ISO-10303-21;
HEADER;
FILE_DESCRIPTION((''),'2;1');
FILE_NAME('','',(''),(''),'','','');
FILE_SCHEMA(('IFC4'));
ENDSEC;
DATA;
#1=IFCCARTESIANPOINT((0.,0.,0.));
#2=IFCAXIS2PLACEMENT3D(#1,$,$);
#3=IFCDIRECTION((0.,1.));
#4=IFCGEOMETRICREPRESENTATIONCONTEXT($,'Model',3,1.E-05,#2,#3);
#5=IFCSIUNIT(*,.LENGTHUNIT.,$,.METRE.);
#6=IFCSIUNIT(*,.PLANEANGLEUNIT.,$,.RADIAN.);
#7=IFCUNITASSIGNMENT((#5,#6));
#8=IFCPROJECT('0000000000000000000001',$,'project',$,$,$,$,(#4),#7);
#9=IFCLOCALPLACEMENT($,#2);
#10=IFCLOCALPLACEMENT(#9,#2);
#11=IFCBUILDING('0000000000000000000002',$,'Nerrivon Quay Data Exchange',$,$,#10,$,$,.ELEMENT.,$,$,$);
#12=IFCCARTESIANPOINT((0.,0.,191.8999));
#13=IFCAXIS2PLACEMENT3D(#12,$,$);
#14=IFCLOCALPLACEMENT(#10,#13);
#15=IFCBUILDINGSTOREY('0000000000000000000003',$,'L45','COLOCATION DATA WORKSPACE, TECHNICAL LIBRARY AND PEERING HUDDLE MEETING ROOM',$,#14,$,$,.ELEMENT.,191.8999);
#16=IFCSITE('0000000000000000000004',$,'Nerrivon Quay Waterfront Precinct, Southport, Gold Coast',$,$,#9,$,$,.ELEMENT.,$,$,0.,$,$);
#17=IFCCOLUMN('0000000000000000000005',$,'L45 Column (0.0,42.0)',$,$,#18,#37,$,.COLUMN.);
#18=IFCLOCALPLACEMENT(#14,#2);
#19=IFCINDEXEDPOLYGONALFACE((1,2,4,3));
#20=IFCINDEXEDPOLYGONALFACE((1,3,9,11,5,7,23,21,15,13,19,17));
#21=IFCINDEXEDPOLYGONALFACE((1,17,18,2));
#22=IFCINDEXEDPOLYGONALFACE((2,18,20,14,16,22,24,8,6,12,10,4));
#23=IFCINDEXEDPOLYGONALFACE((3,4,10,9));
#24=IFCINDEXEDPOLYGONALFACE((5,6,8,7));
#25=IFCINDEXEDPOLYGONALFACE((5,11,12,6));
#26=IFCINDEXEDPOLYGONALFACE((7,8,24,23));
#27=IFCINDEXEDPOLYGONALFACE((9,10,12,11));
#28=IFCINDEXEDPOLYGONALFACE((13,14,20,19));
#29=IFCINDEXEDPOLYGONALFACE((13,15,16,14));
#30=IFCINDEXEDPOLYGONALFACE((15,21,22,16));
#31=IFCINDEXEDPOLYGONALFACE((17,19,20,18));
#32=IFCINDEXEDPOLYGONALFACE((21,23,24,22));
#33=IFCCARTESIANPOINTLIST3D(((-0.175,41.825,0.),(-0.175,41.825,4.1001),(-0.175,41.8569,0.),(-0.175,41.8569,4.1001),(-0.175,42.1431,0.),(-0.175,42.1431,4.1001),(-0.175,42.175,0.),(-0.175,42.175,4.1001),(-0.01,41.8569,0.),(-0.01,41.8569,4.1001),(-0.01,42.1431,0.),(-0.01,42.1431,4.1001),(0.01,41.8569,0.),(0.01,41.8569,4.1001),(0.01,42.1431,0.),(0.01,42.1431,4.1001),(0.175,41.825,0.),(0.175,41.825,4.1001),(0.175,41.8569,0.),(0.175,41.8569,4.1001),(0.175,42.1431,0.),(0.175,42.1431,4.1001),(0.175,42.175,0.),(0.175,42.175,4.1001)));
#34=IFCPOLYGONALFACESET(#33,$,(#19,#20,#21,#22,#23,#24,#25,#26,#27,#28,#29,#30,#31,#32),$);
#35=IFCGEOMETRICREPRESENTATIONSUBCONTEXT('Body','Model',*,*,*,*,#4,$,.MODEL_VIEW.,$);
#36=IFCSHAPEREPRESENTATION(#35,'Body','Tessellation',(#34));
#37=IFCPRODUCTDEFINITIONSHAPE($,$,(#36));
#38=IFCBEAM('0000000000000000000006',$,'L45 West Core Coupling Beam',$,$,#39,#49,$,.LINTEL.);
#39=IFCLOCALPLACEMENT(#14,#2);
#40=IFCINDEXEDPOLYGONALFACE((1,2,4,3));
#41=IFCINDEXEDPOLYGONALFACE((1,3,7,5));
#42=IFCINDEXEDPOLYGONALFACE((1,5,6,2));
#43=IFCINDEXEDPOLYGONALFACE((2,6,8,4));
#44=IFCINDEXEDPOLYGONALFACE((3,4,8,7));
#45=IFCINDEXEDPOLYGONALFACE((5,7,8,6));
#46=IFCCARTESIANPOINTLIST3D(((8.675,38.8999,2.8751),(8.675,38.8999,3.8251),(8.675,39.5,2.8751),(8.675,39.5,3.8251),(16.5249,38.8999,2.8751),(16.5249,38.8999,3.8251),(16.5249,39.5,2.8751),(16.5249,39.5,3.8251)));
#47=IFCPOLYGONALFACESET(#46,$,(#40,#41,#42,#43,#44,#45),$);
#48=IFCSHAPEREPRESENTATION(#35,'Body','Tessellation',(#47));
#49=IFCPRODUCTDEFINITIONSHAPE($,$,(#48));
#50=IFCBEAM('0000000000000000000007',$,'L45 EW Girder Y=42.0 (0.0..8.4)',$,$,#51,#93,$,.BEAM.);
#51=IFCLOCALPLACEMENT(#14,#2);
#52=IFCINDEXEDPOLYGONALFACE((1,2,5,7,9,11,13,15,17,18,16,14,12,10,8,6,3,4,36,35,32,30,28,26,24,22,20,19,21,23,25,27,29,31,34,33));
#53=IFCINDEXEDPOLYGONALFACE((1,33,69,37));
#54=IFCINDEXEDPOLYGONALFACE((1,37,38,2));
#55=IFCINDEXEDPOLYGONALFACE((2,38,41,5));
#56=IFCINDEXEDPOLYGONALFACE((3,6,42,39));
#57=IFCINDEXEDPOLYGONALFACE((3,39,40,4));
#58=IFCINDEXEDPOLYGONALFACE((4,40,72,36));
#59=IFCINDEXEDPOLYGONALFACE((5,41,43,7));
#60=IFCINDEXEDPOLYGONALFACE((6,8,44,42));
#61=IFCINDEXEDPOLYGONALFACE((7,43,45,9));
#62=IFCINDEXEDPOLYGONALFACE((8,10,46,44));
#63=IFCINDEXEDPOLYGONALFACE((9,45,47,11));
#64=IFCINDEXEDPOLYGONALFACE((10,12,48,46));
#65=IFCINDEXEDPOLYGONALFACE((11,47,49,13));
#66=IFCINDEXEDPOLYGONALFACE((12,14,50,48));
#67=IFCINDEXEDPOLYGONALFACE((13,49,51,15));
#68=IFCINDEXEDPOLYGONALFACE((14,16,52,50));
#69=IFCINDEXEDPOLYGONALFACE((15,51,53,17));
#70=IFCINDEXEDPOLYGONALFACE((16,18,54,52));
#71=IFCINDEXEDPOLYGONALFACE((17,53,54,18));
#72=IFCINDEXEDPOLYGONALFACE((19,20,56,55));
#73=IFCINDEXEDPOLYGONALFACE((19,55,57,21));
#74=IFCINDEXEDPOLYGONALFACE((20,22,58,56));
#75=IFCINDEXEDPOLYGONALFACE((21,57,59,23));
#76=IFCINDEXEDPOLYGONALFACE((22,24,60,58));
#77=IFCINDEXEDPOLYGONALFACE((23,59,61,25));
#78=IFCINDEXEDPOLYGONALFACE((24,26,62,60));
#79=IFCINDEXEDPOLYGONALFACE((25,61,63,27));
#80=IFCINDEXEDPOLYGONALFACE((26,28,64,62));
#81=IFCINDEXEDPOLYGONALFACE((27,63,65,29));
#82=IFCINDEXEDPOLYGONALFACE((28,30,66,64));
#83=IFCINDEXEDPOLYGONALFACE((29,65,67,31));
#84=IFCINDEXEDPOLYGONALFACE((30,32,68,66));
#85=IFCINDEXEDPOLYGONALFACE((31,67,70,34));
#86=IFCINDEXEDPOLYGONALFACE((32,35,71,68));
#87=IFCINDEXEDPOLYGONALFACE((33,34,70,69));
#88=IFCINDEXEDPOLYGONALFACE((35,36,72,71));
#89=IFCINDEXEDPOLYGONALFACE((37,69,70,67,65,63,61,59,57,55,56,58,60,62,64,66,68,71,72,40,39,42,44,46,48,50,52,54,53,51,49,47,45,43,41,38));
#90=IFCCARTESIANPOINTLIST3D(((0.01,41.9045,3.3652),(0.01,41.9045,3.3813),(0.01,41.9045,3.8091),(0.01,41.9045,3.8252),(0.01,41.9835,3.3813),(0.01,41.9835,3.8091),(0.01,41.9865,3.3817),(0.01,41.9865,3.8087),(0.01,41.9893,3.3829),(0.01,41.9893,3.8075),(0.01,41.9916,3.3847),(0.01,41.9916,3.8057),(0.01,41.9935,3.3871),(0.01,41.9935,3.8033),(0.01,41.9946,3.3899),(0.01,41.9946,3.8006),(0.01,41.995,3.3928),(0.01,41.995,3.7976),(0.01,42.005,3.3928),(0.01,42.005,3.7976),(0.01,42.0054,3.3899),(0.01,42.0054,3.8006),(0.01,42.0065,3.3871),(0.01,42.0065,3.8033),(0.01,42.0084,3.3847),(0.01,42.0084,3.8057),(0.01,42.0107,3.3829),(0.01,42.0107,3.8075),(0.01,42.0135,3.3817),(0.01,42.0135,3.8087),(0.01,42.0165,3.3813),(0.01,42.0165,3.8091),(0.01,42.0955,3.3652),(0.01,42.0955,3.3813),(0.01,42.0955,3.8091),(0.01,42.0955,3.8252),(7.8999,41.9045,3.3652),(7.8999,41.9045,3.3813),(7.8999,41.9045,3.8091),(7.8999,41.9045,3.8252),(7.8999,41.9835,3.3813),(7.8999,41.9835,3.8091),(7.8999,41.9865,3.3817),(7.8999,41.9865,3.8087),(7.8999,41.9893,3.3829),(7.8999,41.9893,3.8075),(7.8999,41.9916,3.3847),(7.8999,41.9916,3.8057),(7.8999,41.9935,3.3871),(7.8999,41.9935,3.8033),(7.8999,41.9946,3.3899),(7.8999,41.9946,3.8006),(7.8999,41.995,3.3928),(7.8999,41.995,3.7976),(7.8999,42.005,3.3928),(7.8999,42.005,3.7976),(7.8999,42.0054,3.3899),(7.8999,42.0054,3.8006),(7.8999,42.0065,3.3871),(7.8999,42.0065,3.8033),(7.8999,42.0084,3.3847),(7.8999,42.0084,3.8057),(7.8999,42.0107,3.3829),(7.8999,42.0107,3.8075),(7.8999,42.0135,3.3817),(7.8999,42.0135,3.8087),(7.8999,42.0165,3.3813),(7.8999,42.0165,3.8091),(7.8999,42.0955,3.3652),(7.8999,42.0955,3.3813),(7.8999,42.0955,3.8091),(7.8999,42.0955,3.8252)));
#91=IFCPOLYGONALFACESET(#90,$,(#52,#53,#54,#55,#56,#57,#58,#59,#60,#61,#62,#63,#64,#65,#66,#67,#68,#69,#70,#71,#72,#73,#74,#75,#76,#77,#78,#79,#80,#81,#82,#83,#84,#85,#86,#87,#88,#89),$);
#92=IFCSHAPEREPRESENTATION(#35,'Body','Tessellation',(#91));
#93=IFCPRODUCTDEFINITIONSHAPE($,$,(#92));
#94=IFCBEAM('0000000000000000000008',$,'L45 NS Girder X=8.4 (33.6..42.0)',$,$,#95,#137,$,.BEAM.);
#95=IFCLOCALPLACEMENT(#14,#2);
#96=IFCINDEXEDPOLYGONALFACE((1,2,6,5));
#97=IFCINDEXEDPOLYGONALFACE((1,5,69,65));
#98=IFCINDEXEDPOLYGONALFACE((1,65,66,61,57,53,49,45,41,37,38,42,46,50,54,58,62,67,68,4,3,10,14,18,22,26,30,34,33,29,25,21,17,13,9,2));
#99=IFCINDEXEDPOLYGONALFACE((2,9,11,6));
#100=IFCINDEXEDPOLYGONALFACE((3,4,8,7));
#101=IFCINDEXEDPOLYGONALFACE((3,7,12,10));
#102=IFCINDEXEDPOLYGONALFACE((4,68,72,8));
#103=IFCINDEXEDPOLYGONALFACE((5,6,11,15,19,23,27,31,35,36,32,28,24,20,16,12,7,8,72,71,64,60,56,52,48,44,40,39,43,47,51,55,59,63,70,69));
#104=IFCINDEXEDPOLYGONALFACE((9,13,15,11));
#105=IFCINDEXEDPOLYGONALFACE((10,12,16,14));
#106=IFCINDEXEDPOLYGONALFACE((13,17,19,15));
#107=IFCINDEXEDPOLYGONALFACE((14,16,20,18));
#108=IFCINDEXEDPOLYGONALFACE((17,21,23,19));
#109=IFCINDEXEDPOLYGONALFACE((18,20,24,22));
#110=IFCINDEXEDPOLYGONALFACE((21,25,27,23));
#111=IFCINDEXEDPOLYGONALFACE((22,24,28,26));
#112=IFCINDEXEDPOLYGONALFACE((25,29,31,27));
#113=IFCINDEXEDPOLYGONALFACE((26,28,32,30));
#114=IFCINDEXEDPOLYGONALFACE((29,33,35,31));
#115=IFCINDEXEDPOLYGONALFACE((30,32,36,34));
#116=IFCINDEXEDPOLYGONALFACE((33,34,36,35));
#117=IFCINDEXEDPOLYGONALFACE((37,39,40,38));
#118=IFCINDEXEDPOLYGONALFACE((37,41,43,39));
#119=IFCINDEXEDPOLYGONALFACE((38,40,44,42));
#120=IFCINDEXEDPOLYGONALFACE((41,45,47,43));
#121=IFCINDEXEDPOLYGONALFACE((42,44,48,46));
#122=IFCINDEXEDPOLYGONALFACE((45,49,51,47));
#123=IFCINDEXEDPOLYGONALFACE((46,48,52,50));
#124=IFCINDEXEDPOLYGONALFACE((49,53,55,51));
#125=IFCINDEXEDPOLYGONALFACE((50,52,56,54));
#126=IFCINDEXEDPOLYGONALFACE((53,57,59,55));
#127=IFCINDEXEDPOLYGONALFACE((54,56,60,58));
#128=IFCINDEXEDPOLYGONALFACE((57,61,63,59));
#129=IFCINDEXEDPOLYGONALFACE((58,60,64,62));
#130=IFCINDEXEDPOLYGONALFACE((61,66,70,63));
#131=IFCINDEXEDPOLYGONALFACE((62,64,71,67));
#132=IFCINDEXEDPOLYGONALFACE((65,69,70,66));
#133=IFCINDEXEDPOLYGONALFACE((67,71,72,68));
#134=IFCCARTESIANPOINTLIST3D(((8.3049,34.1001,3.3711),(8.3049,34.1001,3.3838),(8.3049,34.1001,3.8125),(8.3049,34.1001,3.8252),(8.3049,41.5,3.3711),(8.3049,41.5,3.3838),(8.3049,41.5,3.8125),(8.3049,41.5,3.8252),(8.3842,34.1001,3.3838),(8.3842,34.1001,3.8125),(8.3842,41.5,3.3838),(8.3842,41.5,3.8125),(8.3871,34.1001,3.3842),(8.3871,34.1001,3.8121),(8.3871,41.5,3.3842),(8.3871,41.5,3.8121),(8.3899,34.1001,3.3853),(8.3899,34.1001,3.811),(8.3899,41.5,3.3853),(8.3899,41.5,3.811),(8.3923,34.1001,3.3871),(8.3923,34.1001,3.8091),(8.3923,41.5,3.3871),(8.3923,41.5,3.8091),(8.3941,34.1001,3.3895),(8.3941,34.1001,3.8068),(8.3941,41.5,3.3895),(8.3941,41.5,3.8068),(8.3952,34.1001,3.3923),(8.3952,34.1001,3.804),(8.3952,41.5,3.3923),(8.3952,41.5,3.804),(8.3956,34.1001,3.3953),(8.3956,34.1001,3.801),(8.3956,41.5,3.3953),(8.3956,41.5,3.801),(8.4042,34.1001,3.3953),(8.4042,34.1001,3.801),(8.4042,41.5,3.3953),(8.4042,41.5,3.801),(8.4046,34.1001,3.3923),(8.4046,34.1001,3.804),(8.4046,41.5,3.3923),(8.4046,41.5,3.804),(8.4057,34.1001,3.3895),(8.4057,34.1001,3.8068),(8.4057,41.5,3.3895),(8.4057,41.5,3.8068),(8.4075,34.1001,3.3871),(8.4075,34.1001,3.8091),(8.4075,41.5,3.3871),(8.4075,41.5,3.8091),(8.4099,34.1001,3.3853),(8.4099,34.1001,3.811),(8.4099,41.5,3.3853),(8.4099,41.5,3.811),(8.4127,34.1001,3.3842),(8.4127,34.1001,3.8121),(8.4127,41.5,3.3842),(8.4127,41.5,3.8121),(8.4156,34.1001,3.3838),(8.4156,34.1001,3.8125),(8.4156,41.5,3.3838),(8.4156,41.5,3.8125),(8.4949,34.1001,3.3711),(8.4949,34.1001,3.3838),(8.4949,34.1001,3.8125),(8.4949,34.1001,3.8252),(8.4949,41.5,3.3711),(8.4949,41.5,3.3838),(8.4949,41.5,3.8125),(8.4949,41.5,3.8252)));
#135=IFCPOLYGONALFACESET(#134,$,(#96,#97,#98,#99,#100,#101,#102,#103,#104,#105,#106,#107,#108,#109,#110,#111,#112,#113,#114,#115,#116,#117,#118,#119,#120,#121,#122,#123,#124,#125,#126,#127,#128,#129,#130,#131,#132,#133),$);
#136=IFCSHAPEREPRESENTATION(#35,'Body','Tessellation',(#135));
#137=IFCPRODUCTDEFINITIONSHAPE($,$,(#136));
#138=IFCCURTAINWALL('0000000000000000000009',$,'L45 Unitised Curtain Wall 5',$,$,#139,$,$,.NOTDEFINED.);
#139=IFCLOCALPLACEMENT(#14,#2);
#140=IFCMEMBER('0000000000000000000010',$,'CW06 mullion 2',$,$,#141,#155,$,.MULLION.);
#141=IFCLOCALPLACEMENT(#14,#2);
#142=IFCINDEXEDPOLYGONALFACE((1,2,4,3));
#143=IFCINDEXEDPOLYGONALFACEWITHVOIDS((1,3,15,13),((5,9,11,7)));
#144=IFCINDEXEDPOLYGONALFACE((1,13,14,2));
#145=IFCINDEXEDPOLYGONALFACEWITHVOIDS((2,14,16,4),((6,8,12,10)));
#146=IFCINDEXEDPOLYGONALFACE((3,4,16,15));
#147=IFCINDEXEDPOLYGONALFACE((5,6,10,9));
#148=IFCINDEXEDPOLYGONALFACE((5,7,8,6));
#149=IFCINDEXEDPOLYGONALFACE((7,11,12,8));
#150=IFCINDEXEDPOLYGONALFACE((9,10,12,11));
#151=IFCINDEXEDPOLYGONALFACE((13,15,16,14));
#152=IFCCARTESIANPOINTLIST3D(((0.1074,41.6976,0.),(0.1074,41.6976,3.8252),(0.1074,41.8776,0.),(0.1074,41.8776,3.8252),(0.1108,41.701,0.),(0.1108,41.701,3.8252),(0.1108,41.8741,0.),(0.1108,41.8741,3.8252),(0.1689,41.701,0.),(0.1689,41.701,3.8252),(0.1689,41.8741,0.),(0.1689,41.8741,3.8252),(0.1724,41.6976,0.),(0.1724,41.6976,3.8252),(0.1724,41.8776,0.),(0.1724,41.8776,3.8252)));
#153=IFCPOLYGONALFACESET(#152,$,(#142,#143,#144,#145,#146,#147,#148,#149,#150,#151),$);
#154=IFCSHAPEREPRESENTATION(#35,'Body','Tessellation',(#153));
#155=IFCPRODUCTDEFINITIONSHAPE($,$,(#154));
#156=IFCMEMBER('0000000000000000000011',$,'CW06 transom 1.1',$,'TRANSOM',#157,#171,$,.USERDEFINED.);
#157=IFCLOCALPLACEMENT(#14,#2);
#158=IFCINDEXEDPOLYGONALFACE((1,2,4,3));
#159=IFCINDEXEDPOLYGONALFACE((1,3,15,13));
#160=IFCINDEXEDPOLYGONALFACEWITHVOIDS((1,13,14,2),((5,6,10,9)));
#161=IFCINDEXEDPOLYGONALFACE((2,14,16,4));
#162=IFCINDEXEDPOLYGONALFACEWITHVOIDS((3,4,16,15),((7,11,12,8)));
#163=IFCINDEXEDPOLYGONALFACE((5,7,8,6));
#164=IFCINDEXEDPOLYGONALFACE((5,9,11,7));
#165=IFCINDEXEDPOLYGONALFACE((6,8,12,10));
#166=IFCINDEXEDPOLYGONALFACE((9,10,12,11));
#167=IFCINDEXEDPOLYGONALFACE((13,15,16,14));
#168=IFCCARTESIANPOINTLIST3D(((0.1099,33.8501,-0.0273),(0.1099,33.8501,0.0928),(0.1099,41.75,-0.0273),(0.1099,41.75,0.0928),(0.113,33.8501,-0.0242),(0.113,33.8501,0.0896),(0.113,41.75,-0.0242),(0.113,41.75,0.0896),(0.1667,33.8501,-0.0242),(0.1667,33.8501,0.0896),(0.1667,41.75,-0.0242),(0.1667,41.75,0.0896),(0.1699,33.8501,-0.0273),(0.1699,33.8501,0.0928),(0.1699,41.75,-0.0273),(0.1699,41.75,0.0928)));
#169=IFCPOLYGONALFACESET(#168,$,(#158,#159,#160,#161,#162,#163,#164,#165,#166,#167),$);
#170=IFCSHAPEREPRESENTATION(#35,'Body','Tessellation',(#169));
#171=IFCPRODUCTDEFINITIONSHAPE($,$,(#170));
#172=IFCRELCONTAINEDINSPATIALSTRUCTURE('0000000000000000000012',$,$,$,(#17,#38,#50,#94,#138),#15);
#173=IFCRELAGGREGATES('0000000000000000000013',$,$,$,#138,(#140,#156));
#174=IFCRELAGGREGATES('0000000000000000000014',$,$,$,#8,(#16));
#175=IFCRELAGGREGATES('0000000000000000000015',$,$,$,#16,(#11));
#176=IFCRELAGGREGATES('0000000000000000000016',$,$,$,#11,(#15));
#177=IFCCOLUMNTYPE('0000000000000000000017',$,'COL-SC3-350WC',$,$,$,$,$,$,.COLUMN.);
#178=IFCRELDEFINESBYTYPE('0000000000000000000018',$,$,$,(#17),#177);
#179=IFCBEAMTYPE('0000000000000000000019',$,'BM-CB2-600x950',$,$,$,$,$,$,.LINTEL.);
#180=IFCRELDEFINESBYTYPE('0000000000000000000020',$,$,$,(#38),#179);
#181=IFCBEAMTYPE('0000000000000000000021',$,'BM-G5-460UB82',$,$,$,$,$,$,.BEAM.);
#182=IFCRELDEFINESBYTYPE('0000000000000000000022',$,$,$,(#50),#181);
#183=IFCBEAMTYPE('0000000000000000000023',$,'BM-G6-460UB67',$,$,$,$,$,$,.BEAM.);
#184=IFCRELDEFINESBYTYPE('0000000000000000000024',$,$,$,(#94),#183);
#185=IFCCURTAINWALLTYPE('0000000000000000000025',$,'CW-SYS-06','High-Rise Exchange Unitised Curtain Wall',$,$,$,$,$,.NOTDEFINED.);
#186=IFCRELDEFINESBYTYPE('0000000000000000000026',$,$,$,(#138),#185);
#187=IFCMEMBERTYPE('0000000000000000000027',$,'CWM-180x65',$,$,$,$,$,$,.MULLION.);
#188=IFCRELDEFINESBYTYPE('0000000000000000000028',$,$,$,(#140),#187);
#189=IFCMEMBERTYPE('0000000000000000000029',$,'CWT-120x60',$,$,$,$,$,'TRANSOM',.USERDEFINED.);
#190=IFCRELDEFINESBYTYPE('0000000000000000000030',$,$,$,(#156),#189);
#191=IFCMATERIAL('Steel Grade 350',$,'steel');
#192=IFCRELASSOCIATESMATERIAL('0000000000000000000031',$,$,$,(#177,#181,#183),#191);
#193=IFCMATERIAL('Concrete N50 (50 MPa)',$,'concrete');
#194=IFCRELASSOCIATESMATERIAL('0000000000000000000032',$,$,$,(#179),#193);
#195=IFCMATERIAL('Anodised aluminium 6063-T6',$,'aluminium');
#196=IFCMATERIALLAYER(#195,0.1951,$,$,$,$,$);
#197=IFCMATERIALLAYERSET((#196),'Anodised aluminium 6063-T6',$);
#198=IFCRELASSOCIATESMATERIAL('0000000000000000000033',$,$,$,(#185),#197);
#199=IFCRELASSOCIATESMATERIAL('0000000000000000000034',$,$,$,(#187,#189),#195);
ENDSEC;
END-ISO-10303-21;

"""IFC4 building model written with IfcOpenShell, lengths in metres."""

from ifc_helpers import new_model, si_unit, direction, frame, origin, origin_2d, place, context, subcontext, project, spatial, rectangle, hollow_rectangle, i_section, extrude, material, layer, layer_set, material_profile, profile_set, type_object, element, aggregate, save


model = new_model("IFC4")

# Units and contexts
model_context = context("Model", 3, precision=1e-05, world=origin(), true_north=direction((0.0, 1.0)))
body_context = subcontext(model_context, "Body", "Model", "MODEL_VIEW")
ifc_project = project(units=[si_unit("LENGTHUNIT", "METRE"), si_unit("PLANEANGLEUNIT", "RADIAN")], contexts=[model_context])

# Site, building, storey
site_placement = place(None, origin())
site = spatial("IfcSite", under=ifc_project, at=site_placement, Name="Nerrivon Quay Waterfront Precinct, Southport, Gold Coast", CompositionType="ELEMENT", RefElevation=0.0)
building_placement = place(site_placement, origin())
building = spatial("IfcBuilding", under=site, at=building_placement, Name="Nerrivon Quay Data Exchange", CompositionType="ELEMENT")
storey_placement = place(building_placement, frame((0.0, 0.0, 191.8999)))
storey = spatial("IfcBuildingStorey", under=building, at=storey_placement, Name="L45", Description="COLOCATION DATA WORKSPACE, TECHNICAL LIBRARY AND PEERING HUDDLE MEETING ROOM", CompositionType="ELEMENT", Elevation=191.8999)

# Column
ifc_material_1 = material(Name="Steel Grade 350", Category="steel")
ifc_material_profile_1 = material_profile(ifc_material_1, i_section(OverallWidth=0.3501, OverallDepth=0.3501, WebThickness=0.02, FlangeThickness=0.032, at=origin_2d()), Name="350WC230")
ifc_profile_set_1 = profile_set([ifc_material_profile_1], Name="Steel Grade 350")
column_type = type_object("IfcColumnType", Name="COL-SC3-350WC", PredefinedType="COLUMN", material=ifc_profile_set_1)
column_placement = place(storey_placement, frame((0.0, 42.0, 0.0), z_axis=(0.0, 0.0, 1.0), x_axis=(1.0, 0.0, 0.0)))
element("IfcColumn", 1, at=column_placement, inside=storey, type_object=column_type, Name="L45 Column (0.0,42.0)", PredefinedType="COLUMN", context=body_context, shape_type="SweptSolid", body=[
    extrude(i_section(OverallWidth=0.3501, OverallDepth=0.3501, WebThickness=0.02, FlangeThickness=0.032, at=origin_2d()), origin(), (0.0, 0.0, 1.0), 4.1001),
])

# Beams
ifc_material_2 = material(Name="Concrete N50 (50 MPa)", Category="concrete")
ifc_material_profile_2 = material_profile(ifc_material_2, rectangle(XDim=0.6001, YDim=0.95, at=origin_2d()), Name="RC-CB-600x950")
ifc_profile_set_2 = profile_set([ifc_material_profile_2], Name="Concrete N50 (50 MPa)")
beam_type_1 = type_object("IfcBeamType", Name="BM-CB2-600x950", PredefinedType="LINTEL", material=ifc_profile_set_2)
beam_1_placement = place(storey_placement, frame((8.675, 39.2, 3.3501), z_axis=(1.0, 0.0, 0.0), x_axis=(0.0, 1.0, 0.0)))
element("IfcBeam", 2, at=beam_1_placement, inside=storey, type_object=beam_type_1, Name="L45 West Core Coupling Beam", PredefinedType="LINTEL", context=body_context, shape_type="SweptSolid", body=[
    extrude(rectangle(XDim=0.6001, YDim=0.95, at=origin_2d()), origin(), (0.0, 0.0, 1.0), 7.8499),
])
ifc_material_profile_3 = material_profile(ifc_material_1, i_section(OverallWidth=0.1909, OverallDepth=0.46, WebThickness=0.01, FlangeThickness=0.0161, FilletRadius=0.0115, at=origin_2d()), Name="460UB82.1")
ifc_profile_set_3 = profile_set([ifc_material_profile_3], Name="Steel Grade 350")
beam_type_2 = type_object("IfcBeamType", Name="BM-G5-460UB82", PredefinedType="BEAM", material=ifc_profile_set_3)
beam_2_placement = place(storey_placement, frame((0.01, 42.0, 3.5952), z_axis=(1.0, 0.0, 0.0), x_axis=(0.0, 1.0, 0.0)))
element("IfcBeam", 3, at=beam_2_placement, inside=storey, type_object=beam_type_2, Name="L45 EW Girder Y=42.0 (0.0..8.4)", PredefinedType="BEAM", context=body_context, shape_type="SweptSolid", body=[
    extrude(i_section(OverallWidth=0.1909, OverallDepth=0.46, WebThickness=0.01, FlangeThickness=0.0161, FilletRadius=0.0115, at=origin_2d()), origin(), (0.0, 0.0, 1.0), 7.8899),
])
ifc_material_profile_4 = material_profile(ifc_material_1, i_section(OverallWidth=0.1899, OverallDepth=0.4541, WebThickness=0.0085, FlangeThickness=0.0127, FilletRadius=0.0115, at=origin_2d()), Name="460UB67.1")
ifc_profile_set_4 = profile_set([ifc_material_profile_4], Name="Steel Grade 350")
beam_type_3 = type_object("IfcBeamType", Name="BM-G6-460UB67", PredefinedType="BEAM", material=ifc_profile_set_4)
beam_3_placement = place(storey_placement, frame((8.3999, 34.1001, 3.5981), z_axis=(0.0, 1.0, 0.0), x_axis=(-1.0, 0.0, 0.0)))
element("IfcBeam", 4, at=beam_3_placement, inside=storey, type_object=beam_type_3, Name="L45 NS Girder X=8.4 (33.6..42.0)", PredefinedType="BEAM", context=body_context, shape_type="SweptSolid", body=[
    extrude(i_section(OverallWidth=0.1899, OverallDepth=0.4541, WebThickness=0.0085, FlangeThickness=0.0127, FilletRadius=0.0115, at=origin_2d()), origin(), (0.0, 0.0, 1.0), 7.3999),
])

# Curtain wall, members
ifc_material_3 = material(Name="Anodised aluminium 6063-T6", Category="aluminium")
ifc_layer_1 = layer(ifc_material_3, 0.1951)
ifc_layer_set_1 = layer_set([ifc_layer_1], Name="Anodised aluminium 6063-T6")
curtain_wall_type = type_object("IfcCurtainWallType", Name="CW-SYS-06", Description="High-Rise Exchange Unitised Curtain Wall", PredefinedType="NOTDEFINED", material=ifc_layer_set_1)
curtain_wall_placement = place(storey_placement, origin())
curtain_wall = element("IfcCurtainWall", 5, at=curtain_wall_placement, inside=storey, type_object=curtain_wall_type, Name="L45 Unitised Curtain Wall 5", PredefinedType="NOTDEFINED")
ifc_material_profile_5 = material_profile(ifc_material_3, hollow_rectangle(XDim=0.0649, YDim=0.1799, WallThickness=0.0034, at=origin_2d()), Name="ALU-MULL-180x65")
ifc_profile_set_5 = profile_set([ifc_material_profile_5], Name="Anodised aluminium 6063-T6")
member_type_1 = type_object("IfcMemberType", Name="CWM-180x65", PredefinedType="MULLION", material=ifc_profile_set_5)
member_1_placement = place(storey_placement, frame((0.1399, 41.7876, 0.0), z_axis=(0.0, 0.0, 1.0), x_axis=(-1.0, 0.0, 0.0)))
member_1 = element("IfcMember", 6, at=member_1_placement, type_object=member_type_1, Name="CW06 mullion 2", PredefinedType="MULLION", context=body_context, shape_type="SweptSolid", body=[
    extrude(hollow_rectangle(XDim=0.0649, YDim=0.1799, WallThickness=0.0034, at=origin_2d()), origin(), (0.0, 0.0, 1.0), 3.8252),
])
ifc_material_profile_6 = material_profile(ifc_material_3, hollow_rectangle(XDim=0.0601, YDim=0.1201, WallThickness=0.0032, at=origin_2d()), Name="ALU-TRAN-120x60")
ifc_profile_set_6 = profile_set([ifc_material_profile_6], Name="Anodised aluminium 6063-T6")
member_type_2 = type_object("IfcMemberType", Name="CWT-120x60", ElementType="TRANSOM", PredefinedType="USERDEFINED", material=ifc_profile_set_6)
member_2_placement = place(storey_placement, frame((0.1399, 33.8501, 0.0327), z_axis=(0.0, 1.0, 0.0), x_axis=(-1.0, 0.0, 0.0)))
member_2 = element("IfcMember", 7, at=member_2_placement, type_object=member_type_2, Name="CW06 transom 1.1", ObjectType="TRANSOM", PredefinedType="USERDEFINED", context=body_context, shape_type="SweptSolid", body=[
    extrude(hollow_rectangle(XDim=0.0601, YDim=0.1201, WallThickness=0.0032, at=origin_2d()), origin(), (0.0, 0.0, 1.0), 7.8999),
])
aggregate(curtain_wall, [member_1, member_2])

save(model, "model.ifc")
